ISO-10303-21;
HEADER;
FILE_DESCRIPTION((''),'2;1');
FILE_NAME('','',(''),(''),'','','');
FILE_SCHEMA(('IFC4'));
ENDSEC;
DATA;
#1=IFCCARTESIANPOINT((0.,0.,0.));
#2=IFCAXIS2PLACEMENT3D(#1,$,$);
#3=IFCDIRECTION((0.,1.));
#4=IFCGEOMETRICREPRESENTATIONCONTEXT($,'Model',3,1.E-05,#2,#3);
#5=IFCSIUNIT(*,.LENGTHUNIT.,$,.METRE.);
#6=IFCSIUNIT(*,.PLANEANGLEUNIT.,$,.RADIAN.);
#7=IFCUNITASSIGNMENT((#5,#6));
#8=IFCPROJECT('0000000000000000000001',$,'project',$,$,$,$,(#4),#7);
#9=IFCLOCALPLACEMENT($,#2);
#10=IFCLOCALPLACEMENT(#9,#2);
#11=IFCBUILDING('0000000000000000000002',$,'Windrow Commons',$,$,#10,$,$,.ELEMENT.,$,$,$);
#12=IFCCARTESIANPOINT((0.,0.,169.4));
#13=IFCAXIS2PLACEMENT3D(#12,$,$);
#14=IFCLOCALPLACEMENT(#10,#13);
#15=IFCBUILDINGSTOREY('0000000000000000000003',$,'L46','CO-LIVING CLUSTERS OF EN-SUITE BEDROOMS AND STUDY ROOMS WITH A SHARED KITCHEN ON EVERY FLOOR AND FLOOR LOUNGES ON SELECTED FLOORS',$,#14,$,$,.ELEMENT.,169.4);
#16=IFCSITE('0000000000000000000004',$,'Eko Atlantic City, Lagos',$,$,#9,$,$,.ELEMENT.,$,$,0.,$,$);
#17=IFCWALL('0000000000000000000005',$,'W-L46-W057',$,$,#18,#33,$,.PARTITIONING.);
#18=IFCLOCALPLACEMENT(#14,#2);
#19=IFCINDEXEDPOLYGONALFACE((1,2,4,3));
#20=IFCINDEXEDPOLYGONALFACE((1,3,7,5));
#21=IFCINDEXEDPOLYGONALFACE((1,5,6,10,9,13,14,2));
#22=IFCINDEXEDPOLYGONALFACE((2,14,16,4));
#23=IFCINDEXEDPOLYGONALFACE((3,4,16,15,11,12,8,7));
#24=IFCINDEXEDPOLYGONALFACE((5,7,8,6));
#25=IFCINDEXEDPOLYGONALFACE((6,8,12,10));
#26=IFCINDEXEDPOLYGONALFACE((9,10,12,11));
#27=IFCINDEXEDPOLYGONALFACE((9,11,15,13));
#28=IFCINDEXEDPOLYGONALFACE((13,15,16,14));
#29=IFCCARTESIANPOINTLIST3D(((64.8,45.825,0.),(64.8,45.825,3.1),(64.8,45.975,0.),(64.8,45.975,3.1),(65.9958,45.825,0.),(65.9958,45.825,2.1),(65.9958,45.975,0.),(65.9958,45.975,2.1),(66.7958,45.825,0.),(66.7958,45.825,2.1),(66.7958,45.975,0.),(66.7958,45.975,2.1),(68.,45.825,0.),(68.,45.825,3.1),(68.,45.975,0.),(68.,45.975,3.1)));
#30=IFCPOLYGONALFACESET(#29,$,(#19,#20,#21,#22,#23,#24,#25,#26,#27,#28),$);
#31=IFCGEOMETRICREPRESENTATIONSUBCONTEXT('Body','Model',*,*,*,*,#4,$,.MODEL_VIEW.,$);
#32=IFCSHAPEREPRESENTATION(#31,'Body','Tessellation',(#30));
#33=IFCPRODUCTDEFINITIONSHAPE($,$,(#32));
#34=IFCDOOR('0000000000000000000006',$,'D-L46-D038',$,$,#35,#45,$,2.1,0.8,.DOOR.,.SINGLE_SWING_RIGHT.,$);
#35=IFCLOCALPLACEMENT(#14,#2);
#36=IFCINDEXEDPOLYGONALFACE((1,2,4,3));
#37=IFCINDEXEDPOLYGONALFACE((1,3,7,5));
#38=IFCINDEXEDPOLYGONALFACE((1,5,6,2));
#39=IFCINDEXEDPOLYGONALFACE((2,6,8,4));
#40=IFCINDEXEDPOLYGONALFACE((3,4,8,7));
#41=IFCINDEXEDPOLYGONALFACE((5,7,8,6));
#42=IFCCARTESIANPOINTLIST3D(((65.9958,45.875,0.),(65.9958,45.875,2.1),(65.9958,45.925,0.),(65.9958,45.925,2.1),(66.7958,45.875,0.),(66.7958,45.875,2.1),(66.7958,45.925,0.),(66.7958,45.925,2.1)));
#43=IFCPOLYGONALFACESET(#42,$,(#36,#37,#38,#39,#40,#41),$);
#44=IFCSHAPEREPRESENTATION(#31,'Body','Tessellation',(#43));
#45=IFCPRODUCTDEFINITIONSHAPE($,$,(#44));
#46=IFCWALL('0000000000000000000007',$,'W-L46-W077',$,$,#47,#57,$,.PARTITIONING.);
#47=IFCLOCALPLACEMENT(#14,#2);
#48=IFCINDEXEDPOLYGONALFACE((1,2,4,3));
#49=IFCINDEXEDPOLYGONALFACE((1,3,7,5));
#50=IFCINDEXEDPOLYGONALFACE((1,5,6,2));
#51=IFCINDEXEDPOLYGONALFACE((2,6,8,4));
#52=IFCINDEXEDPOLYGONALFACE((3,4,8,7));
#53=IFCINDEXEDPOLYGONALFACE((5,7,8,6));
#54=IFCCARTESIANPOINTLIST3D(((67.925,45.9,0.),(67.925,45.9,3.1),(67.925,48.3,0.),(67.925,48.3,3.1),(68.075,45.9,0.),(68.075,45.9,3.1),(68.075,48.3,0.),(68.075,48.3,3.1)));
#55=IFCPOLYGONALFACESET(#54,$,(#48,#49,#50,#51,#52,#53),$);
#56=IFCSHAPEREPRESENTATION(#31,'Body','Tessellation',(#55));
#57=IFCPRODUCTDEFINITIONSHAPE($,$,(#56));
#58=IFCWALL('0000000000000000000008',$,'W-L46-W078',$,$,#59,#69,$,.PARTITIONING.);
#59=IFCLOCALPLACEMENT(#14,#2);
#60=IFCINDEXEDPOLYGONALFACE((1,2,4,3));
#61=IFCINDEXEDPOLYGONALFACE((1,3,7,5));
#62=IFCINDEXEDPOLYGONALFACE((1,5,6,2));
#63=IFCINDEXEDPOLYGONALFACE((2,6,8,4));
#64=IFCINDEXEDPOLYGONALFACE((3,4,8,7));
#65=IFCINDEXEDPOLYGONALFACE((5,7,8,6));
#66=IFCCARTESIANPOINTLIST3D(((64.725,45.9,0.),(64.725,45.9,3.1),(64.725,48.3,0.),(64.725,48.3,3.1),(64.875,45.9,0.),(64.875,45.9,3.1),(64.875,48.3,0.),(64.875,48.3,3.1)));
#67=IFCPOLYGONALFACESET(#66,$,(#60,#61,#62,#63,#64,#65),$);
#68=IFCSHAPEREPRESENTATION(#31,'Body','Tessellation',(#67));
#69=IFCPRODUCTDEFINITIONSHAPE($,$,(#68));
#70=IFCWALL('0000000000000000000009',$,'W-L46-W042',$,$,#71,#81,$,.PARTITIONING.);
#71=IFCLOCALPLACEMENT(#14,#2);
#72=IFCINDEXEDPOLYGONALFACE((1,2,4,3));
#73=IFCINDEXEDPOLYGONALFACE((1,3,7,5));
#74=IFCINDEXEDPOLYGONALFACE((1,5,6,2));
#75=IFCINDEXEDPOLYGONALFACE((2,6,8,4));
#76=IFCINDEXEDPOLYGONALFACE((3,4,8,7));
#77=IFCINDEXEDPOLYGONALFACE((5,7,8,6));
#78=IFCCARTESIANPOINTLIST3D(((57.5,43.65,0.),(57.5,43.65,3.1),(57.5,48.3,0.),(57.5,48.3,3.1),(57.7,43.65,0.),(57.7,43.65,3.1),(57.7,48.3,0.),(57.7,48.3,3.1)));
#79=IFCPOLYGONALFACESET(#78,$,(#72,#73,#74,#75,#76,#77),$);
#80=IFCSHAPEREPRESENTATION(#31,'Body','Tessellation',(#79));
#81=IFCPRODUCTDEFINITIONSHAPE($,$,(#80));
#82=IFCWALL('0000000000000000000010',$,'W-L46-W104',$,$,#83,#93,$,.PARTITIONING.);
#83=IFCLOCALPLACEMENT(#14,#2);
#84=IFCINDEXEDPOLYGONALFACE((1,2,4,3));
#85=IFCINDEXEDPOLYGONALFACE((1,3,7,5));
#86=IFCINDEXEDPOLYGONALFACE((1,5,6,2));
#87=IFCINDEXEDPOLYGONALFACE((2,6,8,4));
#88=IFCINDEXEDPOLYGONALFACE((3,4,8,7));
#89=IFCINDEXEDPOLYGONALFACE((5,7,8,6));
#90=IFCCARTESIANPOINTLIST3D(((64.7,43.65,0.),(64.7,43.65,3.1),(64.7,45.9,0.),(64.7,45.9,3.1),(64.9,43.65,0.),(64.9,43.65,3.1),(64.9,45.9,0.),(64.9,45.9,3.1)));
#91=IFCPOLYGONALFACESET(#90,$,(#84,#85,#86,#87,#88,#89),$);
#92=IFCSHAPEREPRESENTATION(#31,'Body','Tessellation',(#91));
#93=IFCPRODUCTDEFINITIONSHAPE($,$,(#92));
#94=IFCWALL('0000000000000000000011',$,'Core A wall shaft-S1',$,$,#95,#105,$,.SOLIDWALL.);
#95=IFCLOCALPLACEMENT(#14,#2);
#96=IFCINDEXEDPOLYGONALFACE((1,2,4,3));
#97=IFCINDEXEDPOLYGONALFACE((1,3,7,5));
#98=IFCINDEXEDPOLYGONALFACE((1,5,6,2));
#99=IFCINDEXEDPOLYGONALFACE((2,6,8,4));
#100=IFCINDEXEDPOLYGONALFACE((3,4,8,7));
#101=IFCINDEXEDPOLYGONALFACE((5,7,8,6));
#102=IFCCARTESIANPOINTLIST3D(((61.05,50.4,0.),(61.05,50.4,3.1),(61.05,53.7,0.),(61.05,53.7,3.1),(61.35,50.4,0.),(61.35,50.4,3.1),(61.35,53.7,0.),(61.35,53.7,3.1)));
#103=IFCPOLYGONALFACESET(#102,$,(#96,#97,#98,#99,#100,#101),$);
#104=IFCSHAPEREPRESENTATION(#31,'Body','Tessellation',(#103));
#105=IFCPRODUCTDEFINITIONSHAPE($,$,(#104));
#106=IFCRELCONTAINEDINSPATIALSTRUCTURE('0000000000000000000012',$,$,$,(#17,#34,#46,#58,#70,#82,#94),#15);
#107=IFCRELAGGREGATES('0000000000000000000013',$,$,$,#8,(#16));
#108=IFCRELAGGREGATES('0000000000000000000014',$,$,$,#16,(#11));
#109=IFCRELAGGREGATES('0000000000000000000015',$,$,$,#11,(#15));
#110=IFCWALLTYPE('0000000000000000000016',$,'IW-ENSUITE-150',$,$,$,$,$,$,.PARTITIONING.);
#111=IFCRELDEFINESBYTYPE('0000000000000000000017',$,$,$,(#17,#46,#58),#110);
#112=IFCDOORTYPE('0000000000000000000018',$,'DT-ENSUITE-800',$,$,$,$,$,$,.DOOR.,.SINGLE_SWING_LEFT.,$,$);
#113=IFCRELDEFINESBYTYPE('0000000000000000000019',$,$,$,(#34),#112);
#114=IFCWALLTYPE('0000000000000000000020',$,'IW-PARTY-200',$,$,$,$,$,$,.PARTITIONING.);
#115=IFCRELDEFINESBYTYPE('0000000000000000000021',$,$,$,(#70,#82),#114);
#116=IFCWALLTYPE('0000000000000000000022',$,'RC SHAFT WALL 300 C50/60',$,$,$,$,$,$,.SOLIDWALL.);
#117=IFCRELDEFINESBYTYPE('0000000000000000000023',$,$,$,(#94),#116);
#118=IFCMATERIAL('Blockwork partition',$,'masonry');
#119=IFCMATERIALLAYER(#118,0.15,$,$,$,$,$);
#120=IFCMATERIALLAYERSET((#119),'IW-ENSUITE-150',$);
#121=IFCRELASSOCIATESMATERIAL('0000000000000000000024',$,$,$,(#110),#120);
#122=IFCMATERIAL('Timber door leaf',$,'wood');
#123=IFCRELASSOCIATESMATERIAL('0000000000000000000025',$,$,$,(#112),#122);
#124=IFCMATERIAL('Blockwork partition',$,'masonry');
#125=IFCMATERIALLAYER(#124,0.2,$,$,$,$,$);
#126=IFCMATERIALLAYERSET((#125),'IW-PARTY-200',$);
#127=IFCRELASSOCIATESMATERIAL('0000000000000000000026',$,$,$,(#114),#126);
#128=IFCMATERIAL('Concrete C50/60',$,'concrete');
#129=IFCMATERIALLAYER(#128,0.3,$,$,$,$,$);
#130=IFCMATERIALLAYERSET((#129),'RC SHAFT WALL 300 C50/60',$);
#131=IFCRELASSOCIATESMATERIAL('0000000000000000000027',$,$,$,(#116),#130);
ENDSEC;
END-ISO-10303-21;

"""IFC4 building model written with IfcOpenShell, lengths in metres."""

from ifc_helpers import new_model, si_unit, direction, frame, frame_2d, origin, place, context, subcontext, project, spatial, rectangle, extrude, material, layer, layer_set, type_object, element, fill, save


model = new_model("IFC4")

# Units and contexts
model_context = context("Model", 3, precision=1e-05, world=origin(), true_north=direction((0.0, 1.0)))
body_context = subcontext(model_context, "Body", "Model", "MODEL_VIEW")
ifc_project = project(units=[si_unit("LENGTHUNIT", "METRE"), si_unit("PLANEANGLEUNIT", "RADIAN")], contexts=[model_context])

# Site, building, storey
site_placement = place(None, origin())
site = spatial("IfcSite", under=ifc_project, at=site_placement, Name="Eko Atlantic City, Lagos", CompositionType="ELEMENT", RefElevation=0.0)
building_placement = place(site_placement, origin())
building = spatial("IfcBuilding", under=site, at=building_placement, Name="Windrow Commons", CompositionType="ELEMENT")
storey_placement = place(building_placement, frame((0.0, 0.0, 169.4)))
storey = spatial("IfcBuildingStorey", under=building, at=storey_placement, Name="L46", Description="CO-LIVING CLUSTERS OF EN-SUITE BEDROOMS AND STUDY ROOMS WITH A SHARED KITCHEN ON EVERY FLOOR AND FLOOR LOUNGES ON SELECTED FLOORS", CompositionType="ELEMENT", Elevation=169.4)

# Wall, opening, door
ifc_material_1 = material(Name="Blockwork partition", Category="masonry")
ifc_layer_1 = layer(ifc_material_1, 0.15)
ifc_layer_set_1 = layer_set([ifc_layer_1], Name="IW-ENSUITE-150")
wall_type_1 = type_object("IfcWallType", Name="IW-ENSUITE-150", PredefinedType="PARTITIONING", material=ifc_layer_set_1)
wall_1_placement = place(storey_placement, frame((64.8, 45.9, 0.0), z_axis=(0.0, 0.0, 1.0), x_axis=(1.0, 0.0, 0.0)))
wall_1 = element("IfcWall", 1, at=wall_1_placement, inside=storey, type_object=wall_type_1, Name="W-L46-W057", PredefinedType="PARTITIONING", context=body_context, shape_type="SweptSolid", body=[
    extrude(rectangle(XDim=3.2, YDim=0.15, at=frame_2d((1.6, 0.0))), origin(), (0.0, 0.0, 1.0), 3.1),
])
opening_1_placement = place(wall_1_placement, frame((1.1958, 0.0, 0.0)))
opening_1 = element("IfcOpeningElement", 2, at=opening_1_placement, cuts=wall_1, PredefinedType="OPENING", context=body_context, shape_type="SweptSolid", body=[
    extrude(rectangle(XDim=0.8, YDim=2.1, at=frame_2d((0.4, 1.05))), frame((0.0, 0.085, 0.0), z_axis=(0.0, -1.0, 0.0), x_axis=(1.0, 0.0, 0.0)), (0.0, 0.0, 1.0), 0.17),
])
ifc_material_2 = material(Name="Timber door leaf", Category="wood")
door_type = type_object("IfcDoorType", Name="DT-ENSUITE-800", OperationType="SINGLE_SWING_LEFT", PredefinedType="DOOR", material=ifc_material_2)
door_placement = place(opening_1_placement, origin())
door = element("IfcDoor", 3, at=door_placement, inside=storey, type_object=door_type, Name="D-L46-D038", OperationType="SINGLE_SWING_RIGHT", OverallHeight=2.1, OverallWidth=0.8, PredefinedType="DOOR", context=body_context, shape_type="SweptSolid", body=[
    extrude(rectangle(XDim=0.8, YDim=2.1, at=frame_2d((0.4, 1.05))), frame((0.0, 0.025, 0.0), z_axis=(0.0, -1.0, 0.0), x_axis=(1.0, 0.0, 0.0)), (0.0, 0.0, 1.0), 0.05),
])
fill(opening_1, door)

# Walls
for number, where, z_axis, x_axis, name in (
    (4, (68.0, 45.9, 0.0), (0.0, 0.0, 1.0), (0.0, 1.0, 0.0), "W-L46-W077"),
    (5, (64.8, 45.9, 0.0), (0.0, 0.0, 1.0), (0.0, 1.0, 0.0), "W-L46-W078"),
):
    element("IfcWall", number, at=place(storey_placement, frame(where, z_axis=z_axis, x_axis=x_axis)), inside=storey, type_object=wall_type_1, Name=name, PredefinedType="PARTITIONING", context=body_context, shape_type="SweptSolid", body=[
        extrude(rectangle(XDim=2.4, YDim=0.15, at=frame_2d((1.2, 0.0))), origin(), (0.0, 0.0, 1.0), 3.1),
    ])
ifc_material_3 = material(Name="Blockwork partition", Category="masonry")
ifc_layer_2 = layer(ifc_material_3, 0.2)
ifc_layer_set_2 = layer_set([ifc_layer_2], Name="IW-PARTY-200")
wall_type_2 = type_object("IfcWallType", Name="IW-PARTY-200", PredefinedType="PARTITIONING", material=ifc_layer_set_2)
wall_2_placement = place(storey_placement, frame((57.6, 43.65, 0.0), z_axis=(0.0, 0.0, 1.0), x_axis=(0.0, 1.0, 0.0)))
element("IfcWall", 6, at=wall_2_placement, inside=storey, type_object=wall_type_2, Name="W-L46-W042", PredefinedType="PARTITIONING", context=body_context, shape_type="SweptSolid", body=[
    extrude(rectangle(XDim=4.65, YDim=0.2, at=frame_2d((2.325, 0.0))), origin(), (0.0, 0.0, 1.0), 3.1),
])
wall_3_placement = place(storey_placement, frame((64.8, 43.65, 0.0), z_axis=(0.0, 0.0, 1.0), x_axis=(0.0, 1.0, 0.0)))
element("IfcWall", 7, at=wall_3_placement, inside=storey, type_object=wall_type_2, Name="W-L46-W104", PredefinedType="PARTITIONING", context=body_context, shape_type="SweptSolid", body=[
    extrude(rectangle(XDim=2.25, YDim=0.2, at=frame_2d((1.125, 0.0))), origin(), (0.0, 0.0, 1.0), 3.1),
])
ifc_material_4 = material(Name="Concrete C50/60", Category="concrete")
ifc_layer_3 = layer(ifc_material_4, 0.3)
ifc_layer_set_3 = layer_set([ifc_layer_3], Name="RC SHAFT WALL 300 C50/60")
wall_type_3 = type_object("IfcWallType", Name="RC SHAFT WALL 300 C50/60", PredefinedType="SOLIDWALL", material=ifc_layer_set_3)
wall_4_placement = place(storey_placement, frame((61.2, 50.4, 0.0), z_axis=(0.0, 0.0, 1.0), x_axis=(0.0, 1.0, 0.0)))
element("IfcWall", 8, at=wall_4_placement, inside=storey, type_object=wall_type_3, Name="Core A wall shaft-S1", PredefinedType="SOLIDWALL", context=body_context, shape_type="SweptSolid", body=[
    extrude(rectangle(XDim=3.3, YDim=0.3, at=frame_2d((1.65, 0.0))), origin(), (0.0, 0.0, 1.0), 3.1),
])

save(model, "model.ifc")
